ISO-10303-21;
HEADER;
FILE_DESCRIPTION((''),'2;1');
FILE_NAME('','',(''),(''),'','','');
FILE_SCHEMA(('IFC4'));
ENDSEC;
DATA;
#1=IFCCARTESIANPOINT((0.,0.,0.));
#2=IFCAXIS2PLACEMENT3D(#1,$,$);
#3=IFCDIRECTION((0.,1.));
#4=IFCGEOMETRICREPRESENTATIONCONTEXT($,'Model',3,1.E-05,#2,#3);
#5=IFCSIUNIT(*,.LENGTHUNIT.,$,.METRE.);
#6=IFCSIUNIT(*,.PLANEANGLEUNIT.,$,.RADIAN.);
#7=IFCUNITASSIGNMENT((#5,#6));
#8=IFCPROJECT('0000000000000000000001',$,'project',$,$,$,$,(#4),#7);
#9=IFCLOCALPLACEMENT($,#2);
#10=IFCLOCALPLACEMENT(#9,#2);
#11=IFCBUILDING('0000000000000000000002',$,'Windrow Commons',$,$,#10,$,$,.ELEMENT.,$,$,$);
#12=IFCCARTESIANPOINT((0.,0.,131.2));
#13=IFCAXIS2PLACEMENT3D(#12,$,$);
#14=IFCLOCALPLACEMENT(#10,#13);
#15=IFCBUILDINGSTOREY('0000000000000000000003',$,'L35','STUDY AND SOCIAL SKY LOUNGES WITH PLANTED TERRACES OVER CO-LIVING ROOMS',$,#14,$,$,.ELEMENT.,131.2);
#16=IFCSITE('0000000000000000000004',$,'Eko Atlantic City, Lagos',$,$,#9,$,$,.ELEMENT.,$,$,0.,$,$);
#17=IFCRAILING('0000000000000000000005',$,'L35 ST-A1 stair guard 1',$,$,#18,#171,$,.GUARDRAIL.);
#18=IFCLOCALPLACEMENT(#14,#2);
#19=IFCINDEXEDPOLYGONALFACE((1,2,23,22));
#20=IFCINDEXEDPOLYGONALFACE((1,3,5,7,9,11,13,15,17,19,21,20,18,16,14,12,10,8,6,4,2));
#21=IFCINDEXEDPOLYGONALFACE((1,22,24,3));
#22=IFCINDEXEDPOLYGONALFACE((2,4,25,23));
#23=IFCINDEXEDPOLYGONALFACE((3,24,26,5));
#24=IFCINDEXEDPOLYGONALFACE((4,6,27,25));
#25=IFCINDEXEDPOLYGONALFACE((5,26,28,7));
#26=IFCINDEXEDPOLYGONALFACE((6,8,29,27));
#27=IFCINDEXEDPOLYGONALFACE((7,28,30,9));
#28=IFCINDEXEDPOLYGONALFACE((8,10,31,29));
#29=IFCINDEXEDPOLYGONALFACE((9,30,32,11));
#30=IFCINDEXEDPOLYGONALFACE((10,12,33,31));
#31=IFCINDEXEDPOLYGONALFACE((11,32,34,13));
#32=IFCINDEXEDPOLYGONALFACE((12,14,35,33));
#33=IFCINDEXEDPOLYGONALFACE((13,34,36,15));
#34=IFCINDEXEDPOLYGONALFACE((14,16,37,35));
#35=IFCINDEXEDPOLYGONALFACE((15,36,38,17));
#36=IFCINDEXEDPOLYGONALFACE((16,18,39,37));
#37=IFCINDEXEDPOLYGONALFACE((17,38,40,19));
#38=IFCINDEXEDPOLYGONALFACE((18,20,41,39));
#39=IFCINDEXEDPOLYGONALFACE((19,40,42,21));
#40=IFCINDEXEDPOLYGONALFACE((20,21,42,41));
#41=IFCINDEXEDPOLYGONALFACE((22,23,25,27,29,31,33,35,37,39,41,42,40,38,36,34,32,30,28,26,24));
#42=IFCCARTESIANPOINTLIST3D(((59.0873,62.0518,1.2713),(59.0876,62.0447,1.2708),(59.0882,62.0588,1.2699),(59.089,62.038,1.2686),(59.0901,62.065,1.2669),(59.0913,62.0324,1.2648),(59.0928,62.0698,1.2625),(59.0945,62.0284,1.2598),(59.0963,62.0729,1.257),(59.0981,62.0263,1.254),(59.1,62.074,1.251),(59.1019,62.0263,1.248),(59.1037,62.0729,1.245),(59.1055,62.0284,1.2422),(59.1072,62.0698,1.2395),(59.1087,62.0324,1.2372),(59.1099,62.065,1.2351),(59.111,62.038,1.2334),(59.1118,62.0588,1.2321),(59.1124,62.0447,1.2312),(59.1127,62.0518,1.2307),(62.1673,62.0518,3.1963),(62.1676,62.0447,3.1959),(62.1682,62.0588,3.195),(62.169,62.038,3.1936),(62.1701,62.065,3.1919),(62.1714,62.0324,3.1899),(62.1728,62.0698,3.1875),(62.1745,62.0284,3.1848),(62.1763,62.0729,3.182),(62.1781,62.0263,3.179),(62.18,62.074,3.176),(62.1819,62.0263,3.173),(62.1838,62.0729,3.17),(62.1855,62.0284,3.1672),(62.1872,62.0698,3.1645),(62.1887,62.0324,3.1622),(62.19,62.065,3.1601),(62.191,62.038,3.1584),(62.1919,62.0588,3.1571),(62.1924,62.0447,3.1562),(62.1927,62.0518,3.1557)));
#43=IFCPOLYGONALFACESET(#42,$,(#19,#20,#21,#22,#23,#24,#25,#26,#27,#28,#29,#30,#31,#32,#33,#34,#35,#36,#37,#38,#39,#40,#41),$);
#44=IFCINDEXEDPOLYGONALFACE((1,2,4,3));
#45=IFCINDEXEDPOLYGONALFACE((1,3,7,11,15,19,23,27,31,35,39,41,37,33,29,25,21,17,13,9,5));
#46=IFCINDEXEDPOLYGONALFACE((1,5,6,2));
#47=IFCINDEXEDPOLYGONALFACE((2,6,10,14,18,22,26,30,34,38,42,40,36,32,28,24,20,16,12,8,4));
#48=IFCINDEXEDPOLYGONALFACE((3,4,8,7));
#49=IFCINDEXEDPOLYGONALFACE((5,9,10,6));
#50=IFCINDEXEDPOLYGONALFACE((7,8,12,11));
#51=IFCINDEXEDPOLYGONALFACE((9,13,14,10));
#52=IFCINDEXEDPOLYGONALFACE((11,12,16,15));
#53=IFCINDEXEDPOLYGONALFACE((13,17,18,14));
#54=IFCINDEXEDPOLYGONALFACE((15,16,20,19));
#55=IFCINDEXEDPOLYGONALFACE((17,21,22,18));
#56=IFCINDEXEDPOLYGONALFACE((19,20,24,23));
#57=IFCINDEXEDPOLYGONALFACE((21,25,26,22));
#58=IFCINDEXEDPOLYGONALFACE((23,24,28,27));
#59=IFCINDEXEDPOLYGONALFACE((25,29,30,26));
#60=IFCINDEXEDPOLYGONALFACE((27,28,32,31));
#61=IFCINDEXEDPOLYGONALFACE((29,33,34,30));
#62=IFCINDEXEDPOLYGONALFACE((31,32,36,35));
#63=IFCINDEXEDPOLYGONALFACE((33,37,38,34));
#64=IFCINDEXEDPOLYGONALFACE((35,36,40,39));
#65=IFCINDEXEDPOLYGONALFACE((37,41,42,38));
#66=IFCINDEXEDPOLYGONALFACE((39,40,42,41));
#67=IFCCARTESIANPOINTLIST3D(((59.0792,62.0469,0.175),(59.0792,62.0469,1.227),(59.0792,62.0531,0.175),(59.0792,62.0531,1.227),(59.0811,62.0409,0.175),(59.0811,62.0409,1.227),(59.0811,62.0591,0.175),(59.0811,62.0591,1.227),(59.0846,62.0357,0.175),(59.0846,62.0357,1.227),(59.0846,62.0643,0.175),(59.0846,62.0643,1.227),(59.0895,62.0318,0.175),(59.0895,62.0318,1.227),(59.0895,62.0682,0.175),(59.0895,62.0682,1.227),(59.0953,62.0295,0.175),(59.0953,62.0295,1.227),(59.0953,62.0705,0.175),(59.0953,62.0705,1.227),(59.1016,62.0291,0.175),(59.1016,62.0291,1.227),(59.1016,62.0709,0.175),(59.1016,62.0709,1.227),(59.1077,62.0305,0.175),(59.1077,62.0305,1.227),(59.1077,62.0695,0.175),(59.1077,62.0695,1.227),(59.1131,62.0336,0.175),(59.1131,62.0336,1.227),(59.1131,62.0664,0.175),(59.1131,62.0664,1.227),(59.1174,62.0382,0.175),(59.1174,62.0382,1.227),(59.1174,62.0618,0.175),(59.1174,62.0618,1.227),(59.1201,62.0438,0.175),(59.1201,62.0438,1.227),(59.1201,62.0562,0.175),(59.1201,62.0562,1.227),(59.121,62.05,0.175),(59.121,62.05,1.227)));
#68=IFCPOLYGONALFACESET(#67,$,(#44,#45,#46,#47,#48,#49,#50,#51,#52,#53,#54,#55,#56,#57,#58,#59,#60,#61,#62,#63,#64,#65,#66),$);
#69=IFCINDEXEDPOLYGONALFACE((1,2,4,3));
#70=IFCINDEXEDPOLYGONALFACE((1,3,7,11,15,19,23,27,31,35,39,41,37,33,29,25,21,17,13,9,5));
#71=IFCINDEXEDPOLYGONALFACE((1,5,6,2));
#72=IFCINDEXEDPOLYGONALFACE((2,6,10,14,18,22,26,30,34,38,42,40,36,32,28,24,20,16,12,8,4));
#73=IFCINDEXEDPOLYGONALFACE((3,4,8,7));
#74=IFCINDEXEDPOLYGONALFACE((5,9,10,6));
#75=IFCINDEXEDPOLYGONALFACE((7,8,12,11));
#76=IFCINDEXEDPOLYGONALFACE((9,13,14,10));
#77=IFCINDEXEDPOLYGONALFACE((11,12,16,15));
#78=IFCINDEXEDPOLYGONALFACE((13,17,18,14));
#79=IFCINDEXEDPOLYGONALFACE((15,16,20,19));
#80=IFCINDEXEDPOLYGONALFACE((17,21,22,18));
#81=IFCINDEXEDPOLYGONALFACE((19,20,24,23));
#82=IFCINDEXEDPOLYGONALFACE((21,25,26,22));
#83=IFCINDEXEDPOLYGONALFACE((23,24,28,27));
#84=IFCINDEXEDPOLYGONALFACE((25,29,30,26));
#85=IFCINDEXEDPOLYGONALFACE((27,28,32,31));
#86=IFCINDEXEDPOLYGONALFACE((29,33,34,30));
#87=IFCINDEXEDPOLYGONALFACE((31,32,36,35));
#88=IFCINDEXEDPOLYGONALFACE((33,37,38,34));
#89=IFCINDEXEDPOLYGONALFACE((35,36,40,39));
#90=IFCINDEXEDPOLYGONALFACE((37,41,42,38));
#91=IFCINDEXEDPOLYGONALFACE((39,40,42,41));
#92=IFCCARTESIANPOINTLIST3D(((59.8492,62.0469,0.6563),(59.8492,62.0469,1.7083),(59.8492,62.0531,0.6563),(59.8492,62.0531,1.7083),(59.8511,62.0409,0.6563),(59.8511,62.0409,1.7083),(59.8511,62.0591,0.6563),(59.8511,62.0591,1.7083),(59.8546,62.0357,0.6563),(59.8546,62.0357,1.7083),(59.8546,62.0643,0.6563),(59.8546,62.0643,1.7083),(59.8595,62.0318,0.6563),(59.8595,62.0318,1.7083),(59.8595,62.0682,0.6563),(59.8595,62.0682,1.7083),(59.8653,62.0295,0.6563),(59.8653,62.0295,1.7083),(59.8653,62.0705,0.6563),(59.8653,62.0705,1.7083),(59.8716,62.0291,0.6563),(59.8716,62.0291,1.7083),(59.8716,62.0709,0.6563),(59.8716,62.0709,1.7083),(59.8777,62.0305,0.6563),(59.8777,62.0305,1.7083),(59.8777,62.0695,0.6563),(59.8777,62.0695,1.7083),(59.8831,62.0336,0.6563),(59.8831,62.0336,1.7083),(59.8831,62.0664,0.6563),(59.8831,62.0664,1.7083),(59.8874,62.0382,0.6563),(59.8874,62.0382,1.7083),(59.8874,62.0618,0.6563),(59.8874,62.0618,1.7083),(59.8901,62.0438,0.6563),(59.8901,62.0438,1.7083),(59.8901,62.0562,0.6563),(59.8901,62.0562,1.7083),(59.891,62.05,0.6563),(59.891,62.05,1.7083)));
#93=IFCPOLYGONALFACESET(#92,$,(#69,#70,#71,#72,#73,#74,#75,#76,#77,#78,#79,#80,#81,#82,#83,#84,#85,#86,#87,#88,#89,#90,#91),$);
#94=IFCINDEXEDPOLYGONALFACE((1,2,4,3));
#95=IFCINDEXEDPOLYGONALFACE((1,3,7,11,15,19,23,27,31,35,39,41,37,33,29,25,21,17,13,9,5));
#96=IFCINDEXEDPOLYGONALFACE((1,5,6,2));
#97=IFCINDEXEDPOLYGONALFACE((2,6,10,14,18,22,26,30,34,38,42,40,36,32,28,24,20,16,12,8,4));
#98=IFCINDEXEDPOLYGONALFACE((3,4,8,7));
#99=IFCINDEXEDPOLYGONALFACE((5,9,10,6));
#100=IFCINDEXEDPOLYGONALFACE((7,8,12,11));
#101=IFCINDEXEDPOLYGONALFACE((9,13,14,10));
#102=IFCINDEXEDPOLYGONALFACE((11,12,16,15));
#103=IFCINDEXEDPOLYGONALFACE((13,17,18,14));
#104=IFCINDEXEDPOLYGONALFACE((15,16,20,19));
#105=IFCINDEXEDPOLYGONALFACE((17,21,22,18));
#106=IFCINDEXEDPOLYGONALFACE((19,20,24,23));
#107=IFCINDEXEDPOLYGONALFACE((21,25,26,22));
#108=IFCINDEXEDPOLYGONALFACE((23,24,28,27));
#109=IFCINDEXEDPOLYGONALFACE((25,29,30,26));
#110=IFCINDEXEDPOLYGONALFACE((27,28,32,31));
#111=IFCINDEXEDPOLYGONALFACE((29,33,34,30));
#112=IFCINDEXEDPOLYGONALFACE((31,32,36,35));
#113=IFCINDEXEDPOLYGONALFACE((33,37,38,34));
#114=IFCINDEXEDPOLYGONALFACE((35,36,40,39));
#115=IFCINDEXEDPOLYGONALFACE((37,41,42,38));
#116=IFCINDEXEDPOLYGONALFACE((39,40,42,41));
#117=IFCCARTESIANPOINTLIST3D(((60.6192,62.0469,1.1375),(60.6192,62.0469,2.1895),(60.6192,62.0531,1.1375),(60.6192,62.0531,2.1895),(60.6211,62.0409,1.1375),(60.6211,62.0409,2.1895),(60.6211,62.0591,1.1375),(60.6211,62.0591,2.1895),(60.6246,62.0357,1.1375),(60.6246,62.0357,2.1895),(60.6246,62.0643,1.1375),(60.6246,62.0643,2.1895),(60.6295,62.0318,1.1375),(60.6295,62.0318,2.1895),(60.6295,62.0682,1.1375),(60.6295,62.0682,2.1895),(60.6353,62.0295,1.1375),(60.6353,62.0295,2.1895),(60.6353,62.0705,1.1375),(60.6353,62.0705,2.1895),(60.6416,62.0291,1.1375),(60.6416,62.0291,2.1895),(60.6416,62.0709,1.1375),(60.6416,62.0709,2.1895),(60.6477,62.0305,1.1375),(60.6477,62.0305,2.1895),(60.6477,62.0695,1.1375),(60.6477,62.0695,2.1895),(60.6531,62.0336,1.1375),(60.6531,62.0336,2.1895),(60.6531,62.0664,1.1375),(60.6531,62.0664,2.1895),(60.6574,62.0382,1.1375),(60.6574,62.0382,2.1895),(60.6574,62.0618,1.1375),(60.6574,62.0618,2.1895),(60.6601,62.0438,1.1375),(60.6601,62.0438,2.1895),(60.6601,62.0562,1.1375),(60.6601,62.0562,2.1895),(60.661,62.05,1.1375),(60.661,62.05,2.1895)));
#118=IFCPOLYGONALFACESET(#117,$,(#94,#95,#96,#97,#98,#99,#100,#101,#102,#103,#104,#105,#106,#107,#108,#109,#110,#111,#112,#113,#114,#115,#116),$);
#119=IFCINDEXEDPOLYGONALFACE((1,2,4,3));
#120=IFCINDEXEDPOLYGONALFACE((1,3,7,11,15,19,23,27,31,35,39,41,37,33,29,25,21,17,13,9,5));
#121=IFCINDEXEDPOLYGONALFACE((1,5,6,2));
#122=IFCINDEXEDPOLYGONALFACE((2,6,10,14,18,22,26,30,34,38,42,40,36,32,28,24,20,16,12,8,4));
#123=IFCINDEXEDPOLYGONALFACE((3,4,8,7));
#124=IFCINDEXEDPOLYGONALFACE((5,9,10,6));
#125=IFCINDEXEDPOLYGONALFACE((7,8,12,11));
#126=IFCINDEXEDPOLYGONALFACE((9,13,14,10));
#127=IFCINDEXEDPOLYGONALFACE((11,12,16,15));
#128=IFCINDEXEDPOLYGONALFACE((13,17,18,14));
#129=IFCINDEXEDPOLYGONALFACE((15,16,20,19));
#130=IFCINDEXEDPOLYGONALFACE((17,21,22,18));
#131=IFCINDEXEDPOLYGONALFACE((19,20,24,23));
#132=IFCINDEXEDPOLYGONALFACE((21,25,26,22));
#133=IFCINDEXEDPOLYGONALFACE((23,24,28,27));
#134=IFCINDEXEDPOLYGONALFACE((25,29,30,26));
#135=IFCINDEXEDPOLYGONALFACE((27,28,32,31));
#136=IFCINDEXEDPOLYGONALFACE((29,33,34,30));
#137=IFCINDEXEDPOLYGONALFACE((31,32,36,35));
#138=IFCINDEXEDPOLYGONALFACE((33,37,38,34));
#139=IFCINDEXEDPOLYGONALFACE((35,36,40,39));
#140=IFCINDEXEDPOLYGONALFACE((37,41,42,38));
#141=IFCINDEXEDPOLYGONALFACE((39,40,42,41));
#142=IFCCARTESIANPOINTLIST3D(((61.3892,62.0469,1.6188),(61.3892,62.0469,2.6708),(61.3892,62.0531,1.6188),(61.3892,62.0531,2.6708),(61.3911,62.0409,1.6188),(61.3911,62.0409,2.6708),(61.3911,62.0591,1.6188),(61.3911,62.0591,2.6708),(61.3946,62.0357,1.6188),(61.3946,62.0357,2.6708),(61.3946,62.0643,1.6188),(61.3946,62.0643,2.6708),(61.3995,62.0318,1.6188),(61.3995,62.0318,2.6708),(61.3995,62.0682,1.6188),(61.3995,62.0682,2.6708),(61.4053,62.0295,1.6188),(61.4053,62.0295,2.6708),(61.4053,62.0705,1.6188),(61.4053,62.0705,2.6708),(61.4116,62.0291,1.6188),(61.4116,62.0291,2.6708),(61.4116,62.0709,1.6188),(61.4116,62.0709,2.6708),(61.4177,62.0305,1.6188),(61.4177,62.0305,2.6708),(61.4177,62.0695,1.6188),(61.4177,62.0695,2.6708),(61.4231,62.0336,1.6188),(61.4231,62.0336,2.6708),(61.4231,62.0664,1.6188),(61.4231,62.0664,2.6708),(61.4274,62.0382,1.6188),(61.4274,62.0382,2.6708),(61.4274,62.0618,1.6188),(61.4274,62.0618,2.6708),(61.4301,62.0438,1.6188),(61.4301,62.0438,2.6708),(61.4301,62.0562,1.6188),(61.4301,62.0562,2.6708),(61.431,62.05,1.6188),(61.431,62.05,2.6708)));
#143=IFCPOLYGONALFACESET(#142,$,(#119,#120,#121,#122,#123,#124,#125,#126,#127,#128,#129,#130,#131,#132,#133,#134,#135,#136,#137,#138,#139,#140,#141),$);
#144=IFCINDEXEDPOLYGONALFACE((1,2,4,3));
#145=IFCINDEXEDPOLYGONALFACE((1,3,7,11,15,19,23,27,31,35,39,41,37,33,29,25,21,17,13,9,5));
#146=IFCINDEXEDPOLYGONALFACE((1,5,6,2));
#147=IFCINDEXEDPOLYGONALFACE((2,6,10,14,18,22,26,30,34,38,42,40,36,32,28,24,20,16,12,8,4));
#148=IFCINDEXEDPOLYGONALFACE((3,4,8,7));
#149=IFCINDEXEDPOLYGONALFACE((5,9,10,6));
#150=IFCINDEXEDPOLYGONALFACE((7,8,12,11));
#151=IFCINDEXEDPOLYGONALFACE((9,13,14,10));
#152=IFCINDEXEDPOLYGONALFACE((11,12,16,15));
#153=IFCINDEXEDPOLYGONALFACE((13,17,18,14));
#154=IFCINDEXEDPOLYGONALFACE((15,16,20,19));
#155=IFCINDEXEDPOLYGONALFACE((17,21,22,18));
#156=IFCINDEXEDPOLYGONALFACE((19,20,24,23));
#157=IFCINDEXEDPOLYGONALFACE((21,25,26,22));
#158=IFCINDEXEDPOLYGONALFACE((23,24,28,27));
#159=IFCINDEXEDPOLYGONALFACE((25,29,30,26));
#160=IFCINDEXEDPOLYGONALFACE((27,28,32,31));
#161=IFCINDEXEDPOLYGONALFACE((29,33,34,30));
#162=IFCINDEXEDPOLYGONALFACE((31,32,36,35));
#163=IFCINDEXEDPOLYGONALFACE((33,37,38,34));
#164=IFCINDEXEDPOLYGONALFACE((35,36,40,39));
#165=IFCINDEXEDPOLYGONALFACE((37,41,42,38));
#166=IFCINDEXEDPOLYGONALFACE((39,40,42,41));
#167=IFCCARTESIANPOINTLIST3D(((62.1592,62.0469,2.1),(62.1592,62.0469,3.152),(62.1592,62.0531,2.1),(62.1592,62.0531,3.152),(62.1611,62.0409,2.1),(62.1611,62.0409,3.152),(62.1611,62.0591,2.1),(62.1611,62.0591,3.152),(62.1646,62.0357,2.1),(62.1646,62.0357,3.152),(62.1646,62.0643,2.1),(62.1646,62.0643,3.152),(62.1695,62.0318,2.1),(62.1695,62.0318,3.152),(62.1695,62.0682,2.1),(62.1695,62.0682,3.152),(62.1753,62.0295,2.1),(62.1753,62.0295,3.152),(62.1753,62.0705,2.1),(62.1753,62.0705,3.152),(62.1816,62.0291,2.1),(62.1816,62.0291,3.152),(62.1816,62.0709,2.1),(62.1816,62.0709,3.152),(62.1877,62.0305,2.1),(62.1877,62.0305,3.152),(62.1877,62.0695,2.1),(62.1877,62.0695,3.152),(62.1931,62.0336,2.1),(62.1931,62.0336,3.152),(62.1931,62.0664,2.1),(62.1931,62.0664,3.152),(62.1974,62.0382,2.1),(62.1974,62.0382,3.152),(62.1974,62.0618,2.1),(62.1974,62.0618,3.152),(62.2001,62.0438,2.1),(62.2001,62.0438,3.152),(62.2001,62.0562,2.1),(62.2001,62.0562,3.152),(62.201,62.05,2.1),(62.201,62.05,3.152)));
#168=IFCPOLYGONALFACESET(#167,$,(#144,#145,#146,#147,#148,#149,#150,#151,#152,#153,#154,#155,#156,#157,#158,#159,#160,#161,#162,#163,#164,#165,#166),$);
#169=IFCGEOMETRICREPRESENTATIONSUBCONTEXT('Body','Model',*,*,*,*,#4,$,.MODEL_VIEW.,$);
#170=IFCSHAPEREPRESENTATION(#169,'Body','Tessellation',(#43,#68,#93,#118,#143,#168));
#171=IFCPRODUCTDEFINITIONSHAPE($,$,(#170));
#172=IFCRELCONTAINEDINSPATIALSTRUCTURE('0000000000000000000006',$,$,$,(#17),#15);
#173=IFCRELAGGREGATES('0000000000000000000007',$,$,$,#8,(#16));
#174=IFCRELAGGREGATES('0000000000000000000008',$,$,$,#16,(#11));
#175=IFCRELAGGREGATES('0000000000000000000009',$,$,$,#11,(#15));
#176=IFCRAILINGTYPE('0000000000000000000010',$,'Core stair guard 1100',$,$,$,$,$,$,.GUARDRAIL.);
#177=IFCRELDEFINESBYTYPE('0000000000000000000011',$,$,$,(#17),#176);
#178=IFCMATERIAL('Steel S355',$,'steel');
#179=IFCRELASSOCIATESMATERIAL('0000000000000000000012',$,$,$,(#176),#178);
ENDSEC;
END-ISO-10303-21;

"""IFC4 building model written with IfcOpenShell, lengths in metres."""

from ifc_helpers import new_model, si_unit, direction, frame, origin, origin_2d, place, context, subcontext, project, spatial, circle, extrude, material, type_object, element, save


model = new_model("IFC4")

# Units and contexts
model_context = context("Model", 3, precision=1e-05, world=origin(), true_north=direction((0.0, 1.0)))
body_context = subcontext(model_context, "Body", "Model", "MODEL_VIEW")
ifc_project = project(units=[si_unit("LENGTHUNIT", "METRE"), si_unit("PLANEANGLEUNIT", "RADIAN")], contexts=[model_context])

# Site, building, storey
site_placement = place(None, origin())
site = spatial("IfcSite", under=ifc_project, at=site_placement, Name="Eko Atlantic City, Lagos", CompositionType="ELEMENT", RefElevation=0.0)
building_placement = place(site_placement, origin())
building = spatial("IfcBuilding", under=site, at=building_placement, Name="Windrow Commons", CompositionType="ELEMENT")
storey_placement = place(building_placement, frame((0.0, 0.0, 131.2)))
storey = spatial("IfcBuildingStorey", under=building, at=storey_placement, Name="L35", Description="STUDY AND SOCIAL SKY LOUNGES WITH PLANTED TERRACES OVER CO-LIVING ROOMS", CompositionType="ELEMENT", Elevation=131.2)

# Railing
ifc_material_1 = material(Name="Steel S355", Category="steel")
railing_type_1 = type_object("IfcRailingType", Name="Core stair guard 1100", PredefinedType="GUARDRAIL", material=ifc_material_1)
railing_1_placement = place(storey_placement, frame((59.1, 62.05, 0.175)))
element("IfcRailing", 1, at=railing_1_placement, inside=storey, type_object=railing_type_1, Name="L35 ST-A1 stair guard 1", PredefinedType="GUARDRAIL", context=body_context, shape_type="SweptSolid", body=[
    extrude(circle(Radius=0.024, at=origin_2d()), frame((0.0, 0.0, 1.076), z_axis=(0.847998, 0.0, 0.529999), x_axis=(0.0, 1.0, 0.0)), (0.0, 0.0, 1.0), 3.6321),
    extrude(circle(Radius=0.021, at=origin_2d()), origin(), (0.0, 0.0, 1.0), 1.052),
    extrude(circle(Radius=0.021, at=origin_2d()), frame((0.77, 0.0, 0.4813)), (0.0, 0.0, 1.0), 1.052),
    extrude(circle(Radius=0.021, at=origin_2d()), frame((1.54, 0.0, 0.9625)), (0.0, 0.0, 1.0), 1.052),
    extrude(circle(Radius=0.021, at=origin_2d()), frame((2.31, 0.0, 1.4438)), (0.0, 0.0, 1.0), 1.052),
    extrude(circle(Radius=0.021, at=origin_2d()), frame((3.08, 0.0, 1.925)), (0.0, 0.0, 1.0), 1.052),
])

save(model, "model.ifc")
